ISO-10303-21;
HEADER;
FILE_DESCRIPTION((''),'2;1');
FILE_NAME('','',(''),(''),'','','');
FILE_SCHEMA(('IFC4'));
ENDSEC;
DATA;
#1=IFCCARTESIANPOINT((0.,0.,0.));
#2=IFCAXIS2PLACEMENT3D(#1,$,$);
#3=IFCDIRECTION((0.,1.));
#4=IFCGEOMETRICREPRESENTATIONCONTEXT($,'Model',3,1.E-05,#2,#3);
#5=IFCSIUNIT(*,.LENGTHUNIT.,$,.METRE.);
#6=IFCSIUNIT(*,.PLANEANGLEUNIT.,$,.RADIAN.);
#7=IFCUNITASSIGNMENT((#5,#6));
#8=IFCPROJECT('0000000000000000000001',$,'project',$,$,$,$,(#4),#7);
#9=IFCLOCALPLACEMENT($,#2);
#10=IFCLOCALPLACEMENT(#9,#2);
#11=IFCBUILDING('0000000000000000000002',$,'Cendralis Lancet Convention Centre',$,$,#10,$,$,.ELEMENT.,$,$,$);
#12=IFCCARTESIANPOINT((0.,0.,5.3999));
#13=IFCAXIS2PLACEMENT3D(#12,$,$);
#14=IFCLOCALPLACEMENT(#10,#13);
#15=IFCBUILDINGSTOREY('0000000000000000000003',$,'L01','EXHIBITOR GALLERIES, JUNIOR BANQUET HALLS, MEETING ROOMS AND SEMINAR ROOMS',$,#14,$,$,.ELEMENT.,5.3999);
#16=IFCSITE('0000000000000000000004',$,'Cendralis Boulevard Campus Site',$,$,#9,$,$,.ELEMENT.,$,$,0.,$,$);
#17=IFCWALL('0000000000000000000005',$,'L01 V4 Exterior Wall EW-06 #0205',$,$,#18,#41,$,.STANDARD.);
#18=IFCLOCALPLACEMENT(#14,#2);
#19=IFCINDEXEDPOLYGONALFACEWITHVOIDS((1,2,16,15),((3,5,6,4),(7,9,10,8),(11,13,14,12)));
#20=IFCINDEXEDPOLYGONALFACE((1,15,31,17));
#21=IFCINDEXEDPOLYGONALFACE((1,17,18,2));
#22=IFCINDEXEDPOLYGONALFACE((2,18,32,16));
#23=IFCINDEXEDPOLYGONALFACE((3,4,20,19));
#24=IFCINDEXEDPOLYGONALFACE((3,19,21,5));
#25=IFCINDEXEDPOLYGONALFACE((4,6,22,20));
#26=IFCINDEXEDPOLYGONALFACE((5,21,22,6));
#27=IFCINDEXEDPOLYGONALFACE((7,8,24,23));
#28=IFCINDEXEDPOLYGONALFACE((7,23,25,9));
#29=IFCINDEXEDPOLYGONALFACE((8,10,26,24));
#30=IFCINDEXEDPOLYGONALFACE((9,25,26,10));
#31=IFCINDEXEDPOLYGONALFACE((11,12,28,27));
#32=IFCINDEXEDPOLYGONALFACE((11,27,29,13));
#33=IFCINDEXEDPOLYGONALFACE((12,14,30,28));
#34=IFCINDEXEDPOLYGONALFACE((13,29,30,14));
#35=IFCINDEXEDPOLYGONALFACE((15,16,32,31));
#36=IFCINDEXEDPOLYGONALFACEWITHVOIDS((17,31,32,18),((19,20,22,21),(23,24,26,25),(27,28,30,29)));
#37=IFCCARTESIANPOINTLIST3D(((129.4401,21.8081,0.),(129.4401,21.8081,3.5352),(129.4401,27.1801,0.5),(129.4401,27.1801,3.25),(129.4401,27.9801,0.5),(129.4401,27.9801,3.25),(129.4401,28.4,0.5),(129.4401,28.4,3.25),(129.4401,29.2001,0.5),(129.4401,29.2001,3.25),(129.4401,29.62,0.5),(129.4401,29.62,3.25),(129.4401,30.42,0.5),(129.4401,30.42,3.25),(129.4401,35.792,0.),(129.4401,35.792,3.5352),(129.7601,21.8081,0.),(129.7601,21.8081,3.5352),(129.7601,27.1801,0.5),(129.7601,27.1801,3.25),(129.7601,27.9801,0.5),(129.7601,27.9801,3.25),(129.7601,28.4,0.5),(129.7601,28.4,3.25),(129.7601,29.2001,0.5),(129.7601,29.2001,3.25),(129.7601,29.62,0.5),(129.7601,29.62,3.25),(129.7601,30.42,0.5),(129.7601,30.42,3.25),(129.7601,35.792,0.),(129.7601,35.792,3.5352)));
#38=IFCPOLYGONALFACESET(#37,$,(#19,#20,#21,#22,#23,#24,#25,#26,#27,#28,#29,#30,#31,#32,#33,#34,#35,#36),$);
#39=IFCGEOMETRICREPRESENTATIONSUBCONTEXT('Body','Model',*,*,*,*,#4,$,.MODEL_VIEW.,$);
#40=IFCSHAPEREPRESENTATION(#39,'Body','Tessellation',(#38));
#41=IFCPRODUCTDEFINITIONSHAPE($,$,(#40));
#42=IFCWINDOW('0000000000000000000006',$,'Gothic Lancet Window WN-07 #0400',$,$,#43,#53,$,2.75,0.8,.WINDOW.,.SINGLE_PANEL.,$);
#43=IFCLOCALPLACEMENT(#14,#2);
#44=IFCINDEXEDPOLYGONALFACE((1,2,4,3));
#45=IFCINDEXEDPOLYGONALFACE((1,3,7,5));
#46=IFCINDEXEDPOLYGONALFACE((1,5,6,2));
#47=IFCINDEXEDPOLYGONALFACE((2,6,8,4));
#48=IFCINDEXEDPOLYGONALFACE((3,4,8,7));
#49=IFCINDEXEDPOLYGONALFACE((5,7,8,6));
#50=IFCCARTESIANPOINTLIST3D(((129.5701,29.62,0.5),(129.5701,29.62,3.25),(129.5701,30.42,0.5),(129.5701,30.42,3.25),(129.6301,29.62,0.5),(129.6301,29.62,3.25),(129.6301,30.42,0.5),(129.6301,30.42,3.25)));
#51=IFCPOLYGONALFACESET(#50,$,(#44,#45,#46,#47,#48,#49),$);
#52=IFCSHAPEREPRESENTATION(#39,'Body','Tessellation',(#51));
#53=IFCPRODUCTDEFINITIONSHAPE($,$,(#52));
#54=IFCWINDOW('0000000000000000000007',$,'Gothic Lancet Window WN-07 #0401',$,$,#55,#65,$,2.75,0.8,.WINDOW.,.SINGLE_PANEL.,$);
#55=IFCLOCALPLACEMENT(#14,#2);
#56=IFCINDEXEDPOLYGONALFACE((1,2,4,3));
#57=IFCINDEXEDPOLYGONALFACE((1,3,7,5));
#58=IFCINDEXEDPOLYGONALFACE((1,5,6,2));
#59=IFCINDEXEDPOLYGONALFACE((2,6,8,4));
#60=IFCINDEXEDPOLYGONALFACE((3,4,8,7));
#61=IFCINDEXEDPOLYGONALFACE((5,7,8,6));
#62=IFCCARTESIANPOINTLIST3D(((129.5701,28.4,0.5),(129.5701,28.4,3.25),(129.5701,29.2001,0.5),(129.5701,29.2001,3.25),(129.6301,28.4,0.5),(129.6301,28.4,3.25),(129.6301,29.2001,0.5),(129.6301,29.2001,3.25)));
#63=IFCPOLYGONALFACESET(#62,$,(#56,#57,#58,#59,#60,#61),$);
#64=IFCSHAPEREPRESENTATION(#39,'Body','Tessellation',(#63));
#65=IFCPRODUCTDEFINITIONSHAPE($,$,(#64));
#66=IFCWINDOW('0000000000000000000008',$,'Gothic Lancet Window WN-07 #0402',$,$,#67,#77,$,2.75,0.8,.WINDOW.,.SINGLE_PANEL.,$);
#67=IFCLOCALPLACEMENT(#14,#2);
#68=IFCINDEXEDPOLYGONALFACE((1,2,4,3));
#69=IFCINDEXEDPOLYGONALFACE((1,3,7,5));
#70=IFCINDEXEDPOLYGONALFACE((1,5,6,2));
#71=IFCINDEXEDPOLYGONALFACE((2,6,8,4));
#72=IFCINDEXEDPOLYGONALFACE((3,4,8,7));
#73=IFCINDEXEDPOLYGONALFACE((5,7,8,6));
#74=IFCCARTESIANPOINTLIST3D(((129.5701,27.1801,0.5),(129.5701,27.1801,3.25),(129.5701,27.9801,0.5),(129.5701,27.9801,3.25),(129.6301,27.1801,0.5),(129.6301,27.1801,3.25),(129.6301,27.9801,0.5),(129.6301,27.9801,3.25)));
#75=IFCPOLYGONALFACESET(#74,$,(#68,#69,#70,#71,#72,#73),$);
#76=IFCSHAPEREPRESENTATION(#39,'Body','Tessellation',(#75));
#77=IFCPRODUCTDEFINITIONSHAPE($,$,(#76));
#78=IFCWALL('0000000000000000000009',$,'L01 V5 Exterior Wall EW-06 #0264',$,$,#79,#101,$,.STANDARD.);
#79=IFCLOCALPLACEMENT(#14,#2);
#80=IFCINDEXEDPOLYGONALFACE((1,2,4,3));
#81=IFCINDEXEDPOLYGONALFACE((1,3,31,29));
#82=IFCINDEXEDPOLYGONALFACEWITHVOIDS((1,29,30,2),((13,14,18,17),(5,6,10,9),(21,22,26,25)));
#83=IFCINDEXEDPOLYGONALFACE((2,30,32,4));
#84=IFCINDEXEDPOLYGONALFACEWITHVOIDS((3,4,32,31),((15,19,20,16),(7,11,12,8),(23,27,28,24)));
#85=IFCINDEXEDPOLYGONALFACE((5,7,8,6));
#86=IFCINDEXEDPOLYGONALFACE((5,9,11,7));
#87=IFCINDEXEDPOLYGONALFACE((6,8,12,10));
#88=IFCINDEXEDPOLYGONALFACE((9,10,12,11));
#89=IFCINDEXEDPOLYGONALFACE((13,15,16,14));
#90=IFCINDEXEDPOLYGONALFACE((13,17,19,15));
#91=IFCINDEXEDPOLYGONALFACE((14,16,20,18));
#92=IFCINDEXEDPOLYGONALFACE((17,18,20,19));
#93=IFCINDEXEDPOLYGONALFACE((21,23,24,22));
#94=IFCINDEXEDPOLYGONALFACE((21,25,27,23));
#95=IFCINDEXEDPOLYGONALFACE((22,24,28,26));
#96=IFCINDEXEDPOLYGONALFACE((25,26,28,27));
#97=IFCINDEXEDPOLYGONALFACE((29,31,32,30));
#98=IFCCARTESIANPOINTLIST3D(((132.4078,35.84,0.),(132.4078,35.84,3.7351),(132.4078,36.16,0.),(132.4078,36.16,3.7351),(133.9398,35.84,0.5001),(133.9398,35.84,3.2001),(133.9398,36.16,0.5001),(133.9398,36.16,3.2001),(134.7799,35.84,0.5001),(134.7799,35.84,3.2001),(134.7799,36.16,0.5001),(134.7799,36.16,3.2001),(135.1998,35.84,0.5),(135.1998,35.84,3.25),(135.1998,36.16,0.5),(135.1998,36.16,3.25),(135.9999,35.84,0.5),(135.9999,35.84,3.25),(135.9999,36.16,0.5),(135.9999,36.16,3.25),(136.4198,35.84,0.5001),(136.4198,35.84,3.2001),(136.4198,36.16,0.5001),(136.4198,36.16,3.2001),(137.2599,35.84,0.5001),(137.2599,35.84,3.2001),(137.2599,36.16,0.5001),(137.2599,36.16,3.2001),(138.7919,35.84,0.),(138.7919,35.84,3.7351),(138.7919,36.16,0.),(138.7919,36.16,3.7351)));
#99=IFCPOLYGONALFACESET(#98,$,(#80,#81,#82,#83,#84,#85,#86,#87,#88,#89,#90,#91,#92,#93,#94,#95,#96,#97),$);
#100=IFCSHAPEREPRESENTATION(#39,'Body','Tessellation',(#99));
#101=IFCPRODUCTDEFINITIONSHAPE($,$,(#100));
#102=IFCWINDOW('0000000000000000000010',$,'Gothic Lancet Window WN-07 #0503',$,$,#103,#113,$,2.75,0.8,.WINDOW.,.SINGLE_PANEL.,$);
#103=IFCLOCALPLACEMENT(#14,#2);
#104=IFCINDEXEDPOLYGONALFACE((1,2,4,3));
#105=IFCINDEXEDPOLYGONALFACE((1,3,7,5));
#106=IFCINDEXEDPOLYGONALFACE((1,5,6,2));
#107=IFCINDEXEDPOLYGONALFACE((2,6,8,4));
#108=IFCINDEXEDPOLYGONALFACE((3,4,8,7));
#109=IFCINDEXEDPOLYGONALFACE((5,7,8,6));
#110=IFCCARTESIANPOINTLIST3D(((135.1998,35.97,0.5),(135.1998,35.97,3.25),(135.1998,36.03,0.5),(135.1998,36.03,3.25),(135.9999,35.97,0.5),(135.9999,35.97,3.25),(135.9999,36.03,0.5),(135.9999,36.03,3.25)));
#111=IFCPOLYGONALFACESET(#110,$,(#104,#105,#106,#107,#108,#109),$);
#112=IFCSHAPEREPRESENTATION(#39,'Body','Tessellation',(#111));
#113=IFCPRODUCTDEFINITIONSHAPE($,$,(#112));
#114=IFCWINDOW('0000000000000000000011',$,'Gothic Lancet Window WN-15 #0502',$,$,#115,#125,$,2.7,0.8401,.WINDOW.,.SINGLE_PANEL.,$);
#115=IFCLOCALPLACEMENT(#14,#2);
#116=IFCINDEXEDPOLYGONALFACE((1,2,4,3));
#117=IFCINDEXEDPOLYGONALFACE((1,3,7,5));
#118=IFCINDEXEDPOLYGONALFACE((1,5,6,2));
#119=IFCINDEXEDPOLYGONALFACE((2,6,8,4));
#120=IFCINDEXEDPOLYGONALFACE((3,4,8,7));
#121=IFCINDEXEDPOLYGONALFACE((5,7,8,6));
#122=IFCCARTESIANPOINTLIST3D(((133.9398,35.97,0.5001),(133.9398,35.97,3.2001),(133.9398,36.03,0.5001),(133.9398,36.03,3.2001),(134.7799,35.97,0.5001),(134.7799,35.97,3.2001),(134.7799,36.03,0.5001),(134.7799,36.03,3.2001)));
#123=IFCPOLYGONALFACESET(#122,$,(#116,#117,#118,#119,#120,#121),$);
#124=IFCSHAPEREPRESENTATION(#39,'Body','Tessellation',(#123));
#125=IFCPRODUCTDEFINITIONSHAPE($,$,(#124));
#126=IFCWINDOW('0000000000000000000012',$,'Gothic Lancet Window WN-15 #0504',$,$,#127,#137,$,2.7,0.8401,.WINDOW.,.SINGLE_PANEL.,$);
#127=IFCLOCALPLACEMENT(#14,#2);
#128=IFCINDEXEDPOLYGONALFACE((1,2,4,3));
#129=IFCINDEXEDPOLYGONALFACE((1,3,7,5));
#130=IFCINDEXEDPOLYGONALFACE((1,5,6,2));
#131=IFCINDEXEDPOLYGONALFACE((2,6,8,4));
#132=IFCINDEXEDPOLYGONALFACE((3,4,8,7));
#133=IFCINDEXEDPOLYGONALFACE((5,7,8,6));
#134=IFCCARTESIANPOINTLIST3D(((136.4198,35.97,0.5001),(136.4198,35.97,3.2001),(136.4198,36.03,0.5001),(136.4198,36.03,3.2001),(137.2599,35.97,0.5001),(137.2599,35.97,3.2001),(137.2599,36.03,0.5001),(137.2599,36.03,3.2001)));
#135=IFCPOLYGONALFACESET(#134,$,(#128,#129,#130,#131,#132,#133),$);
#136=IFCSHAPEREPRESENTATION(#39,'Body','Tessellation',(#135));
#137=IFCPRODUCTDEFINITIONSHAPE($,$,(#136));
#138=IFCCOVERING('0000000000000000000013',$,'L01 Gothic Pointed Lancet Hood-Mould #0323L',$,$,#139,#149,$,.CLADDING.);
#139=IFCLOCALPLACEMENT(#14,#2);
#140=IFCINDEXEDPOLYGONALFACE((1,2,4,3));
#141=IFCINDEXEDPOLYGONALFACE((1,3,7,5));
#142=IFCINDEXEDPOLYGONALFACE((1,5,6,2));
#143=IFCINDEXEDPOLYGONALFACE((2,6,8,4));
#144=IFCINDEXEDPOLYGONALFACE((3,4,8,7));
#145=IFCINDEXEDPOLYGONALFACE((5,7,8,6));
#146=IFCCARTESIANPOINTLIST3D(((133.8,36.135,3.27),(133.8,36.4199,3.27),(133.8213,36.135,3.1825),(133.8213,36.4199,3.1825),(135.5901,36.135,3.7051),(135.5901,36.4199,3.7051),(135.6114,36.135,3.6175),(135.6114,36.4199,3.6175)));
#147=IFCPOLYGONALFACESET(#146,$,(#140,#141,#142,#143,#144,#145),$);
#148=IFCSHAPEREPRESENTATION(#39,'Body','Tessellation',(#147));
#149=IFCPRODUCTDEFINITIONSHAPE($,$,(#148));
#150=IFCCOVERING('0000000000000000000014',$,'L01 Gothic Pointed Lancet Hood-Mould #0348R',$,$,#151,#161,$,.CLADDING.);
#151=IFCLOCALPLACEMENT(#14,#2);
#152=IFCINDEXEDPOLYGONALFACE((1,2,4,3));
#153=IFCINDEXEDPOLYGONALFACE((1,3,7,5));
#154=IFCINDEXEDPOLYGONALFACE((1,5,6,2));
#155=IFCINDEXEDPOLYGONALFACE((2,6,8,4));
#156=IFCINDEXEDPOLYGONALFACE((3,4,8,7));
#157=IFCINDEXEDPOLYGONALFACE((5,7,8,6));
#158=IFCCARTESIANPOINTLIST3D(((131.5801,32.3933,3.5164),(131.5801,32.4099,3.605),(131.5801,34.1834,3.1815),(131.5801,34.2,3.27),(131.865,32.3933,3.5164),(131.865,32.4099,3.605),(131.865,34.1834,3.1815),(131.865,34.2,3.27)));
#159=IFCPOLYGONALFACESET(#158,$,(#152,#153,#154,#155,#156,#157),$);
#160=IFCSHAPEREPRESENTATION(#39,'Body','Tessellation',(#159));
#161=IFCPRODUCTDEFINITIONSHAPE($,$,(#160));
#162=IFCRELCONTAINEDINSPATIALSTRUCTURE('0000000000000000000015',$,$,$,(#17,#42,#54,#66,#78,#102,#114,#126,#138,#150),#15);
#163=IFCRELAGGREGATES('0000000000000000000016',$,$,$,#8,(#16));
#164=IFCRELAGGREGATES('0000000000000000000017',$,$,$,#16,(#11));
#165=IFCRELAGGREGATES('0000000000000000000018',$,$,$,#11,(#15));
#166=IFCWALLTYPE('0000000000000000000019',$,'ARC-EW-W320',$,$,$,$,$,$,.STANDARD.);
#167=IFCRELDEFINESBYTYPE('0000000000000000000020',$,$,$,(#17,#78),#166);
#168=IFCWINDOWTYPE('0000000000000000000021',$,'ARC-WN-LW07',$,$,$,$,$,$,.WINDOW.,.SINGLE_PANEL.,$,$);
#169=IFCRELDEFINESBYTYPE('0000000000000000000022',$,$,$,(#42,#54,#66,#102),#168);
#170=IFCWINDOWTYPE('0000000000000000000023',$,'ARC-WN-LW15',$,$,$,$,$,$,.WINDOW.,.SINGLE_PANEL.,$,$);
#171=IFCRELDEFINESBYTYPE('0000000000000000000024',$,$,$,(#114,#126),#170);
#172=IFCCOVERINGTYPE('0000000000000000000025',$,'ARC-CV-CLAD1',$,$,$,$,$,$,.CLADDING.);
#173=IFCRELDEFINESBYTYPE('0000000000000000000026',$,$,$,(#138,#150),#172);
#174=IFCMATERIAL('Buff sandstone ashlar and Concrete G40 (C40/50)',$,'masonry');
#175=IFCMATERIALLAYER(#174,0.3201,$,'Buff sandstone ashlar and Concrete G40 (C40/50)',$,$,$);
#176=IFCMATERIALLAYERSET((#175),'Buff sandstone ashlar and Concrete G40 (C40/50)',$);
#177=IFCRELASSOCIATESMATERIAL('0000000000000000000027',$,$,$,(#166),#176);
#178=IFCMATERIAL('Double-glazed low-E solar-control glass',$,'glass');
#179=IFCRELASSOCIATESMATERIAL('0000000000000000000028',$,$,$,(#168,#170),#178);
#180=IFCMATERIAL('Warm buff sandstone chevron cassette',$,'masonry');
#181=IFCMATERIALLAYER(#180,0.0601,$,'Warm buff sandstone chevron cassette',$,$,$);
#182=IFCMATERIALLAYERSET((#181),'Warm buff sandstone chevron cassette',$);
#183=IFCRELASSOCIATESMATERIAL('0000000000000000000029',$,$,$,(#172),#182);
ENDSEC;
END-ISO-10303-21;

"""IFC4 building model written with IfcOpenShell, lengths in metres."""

from ifc_helpers import new_model, si_unit, direction, frame, frame_2d, origin, place, context, subcontext, project, spatial, polyline, rectangle, outline, extrude, material, layer, layer_set, type_object, element, fill, save


model = new_model("IFC4")

# Units and contexts
model_context = context("Model", 3, precision=1e-05, world=origin(), true_north=direction((0.0, 1.0)))
body_context = subcontext(model_context, "Body", "Model", "MODEL_VIEW")
ifc_project = project(units=[si_unit("LENGTHUNIT", "METRE"), si_unit("PLANEANGLEUNIT", "RADIAN")], contexts=[model_context])

# Site, building, storey
site_placement = place(None, origin())
site = spatial("IfcSite", under=ifc_project, at=site_placement, Name="Cendralis Boulevard Campus Site", CompositionType="ELEMENT", RefElevation=0.0)
building_placement = place(site_placement, origin())
building = spatial("IfcBuilding", under=site, at=building_placement, Name="Cendralis Lancet Convention Centre", CompositionType="ELEMENT")
storey_placement = place(building_placement, frame((0.0, 0.0, 5.3999)))
storey = spatial("IfcBuildingStorey", under=building, at=storey_placement, Name="L01", Description="EXHIBITOR GALLERIES, JUNIOR BANQUET HALLS, MEETING ROOMS AND SEMINAR ROOMS", CompositionType="ELEMENT", Elevation=5.3999)

# Shared definitions
ifc_material_1 = material(Name="Double-glazed low-E solar-control glass", Category="glass")

# Walls, openings, windows
ifc_material_2 = material(Name="Buff sandstone ashlar and Concrete G40 (C40/50)", Category="masonry")
ifc_layer_1 = layer(ifc_material_2, 0.3201, Name="Buff sandstone ashlar and Concrete G40 (C40/50)")
ifc_layer_set_1 = layer_set([ifc_layer_1], Name="Buff sandstone ashlar and Concrete G40 (C40/50)")
wall_type = type_object("IfcWallType", Name="ARC-EW-W320", PredefinedType="STANDARD", material=ifc_layer_set_1)
wall_1_placement = place(storey_placement, frame((129.6001, 35.792, 0.0), z_axis=(0.0, 0.0, 1.0), x_axis=(0.0, -1.0, 0.0)))
wall_1 = element("IfcWall", 1, at=wall_1_placement, inside=storey, type_object=wall_type, Name="L01 V4 Exterior Wall EW-06 #0205", PredefinedType="STANDARD", context=body_context, shape_type="SweptSolid", body=[
    extrude(rectangle(XDim=13.9839, YDim=0.3201, at=frame_2d((6.9919, 0.0))), origin(), (0.0, 0.0, 1.0), 3.5352),
])
opening_1_placement = place(wall_1_placement, frame((5.3721, 0.0, 0.5)))
opening_1 = element("IfcOpeningElement", 2, at=opening_1_placement, cuts=wall_1, PredefinedType="OPENING", context=body_context, shape_type="SweptSolid", body=[
    extrude(rectangle(XDim=0.8, YDim=2.75, at=frame_2d((0.3999, 1.375))), frame((0.0, 0.1699, 0.0), z_axis=(0.0, -1.0, 0.0), x_axis=(1.0, 0.0, 0.0)), (0.0, 0.0, 1.0), 0.3401),
])
opening_2_placement = place(wall_1_placement, frame((6.592, 0.0, 0.5)))
opening_2 = element("IfcOpeningElement", 3, at=opening_2_placement, cuts=wall_1, PredefinedType="OPENING", context=body_context, shape_type="SweptSolid", body=[
    extrude(rectangle(XDim=0.8, YDim=2.75, at=frame_2d((0.3999, 1.375))), frame((0.0, 0.1699, 0.0), z_axis=(0.0, -1.0, 0.0), x_axis=(1.0, 0.0, 0.0)), (0.0, 0.0, 1.0), 0.3401),
])
opening_3_placement = place(wall_1_placement, frame((7.812, 0.0, 0.5)))
opening_3 = element("IfcOpeningElement", 4, at=opening_3_placement, cuts=wall_1, PredefinedType="OPENING", context=body_context, shape_type="SweptSolid", body=[
    extrude(rectangle(XDim=0.8, YDim=2.75, at=frame_2d((0.3999, 1.375))), frame((0.0, 0.1699, 0.0), z_axis=(0.0, -1.0, 0.0), x_axis=(1.0, 0.0, 0.0)), (0.0, 0.0, 1.0), 0.3401),
])
window_type_1 = type_object("IfcWindowType", Name="ARC-WN-LW07", PartitioningType="SINGLE_PANEL", PredefinedType="WINDOW", material=ifc_material_1)
window_1_placement = place(opening_1_placement, origin())
window_1 = element("IfcWindow", 5, at=window_1_placement, inside=storey, type_object=window_type_1, Name="Gothic Lancet Window WN-07 #0400", OverallHeight=2.75, OverallWidth=0.8, PartitioningType="SINGLE_PANEL", PredefinedType="WINDOW", context=body_context, shape_type="SweptSolid", body=[
    extrude(rectangle(XDim=0.8, YDim=2.75, at=frame_2d((0.3999, 1.375))), frame((0.0, 0.03, 0.0), z_axis=(0.0, -1.0, 0.0), x_axis=(1.0, 0.0, 0.0)), (0.0, 0.0, 1.0), 0.0601),
])
fill(opening_1, window_1)
window_2_placement = place(opening_2_placement, origin())
window_2 = element("IfcWindow", 6, at=window_2_placement, inside=storey, type_object=window_type_1, Name="Gothic Lancet Window WN-07 #0401", OverallHeight=2.75, OverallWidth=0.8, PartitioningType="SINGLE_PANEL", PredefinedType="WINDOW", context=body_context, shape_type="SweptSolid", body=[
    extrude(rectangle(XDim=0.8, YDim=2.75, at=frame_2d((0.3999, 1.375))), frame((0.0, 0.03, 0.0), z_axis=(0.0, -1.0, 0.0), x_axis=(1.0, 0.0, 0.0)), (0.0, 0.0, 1.0), 0.0601),
])
fill(opening_2, window_2)
window_3_placement = place(opening_3_placement, origin())
window_3 = element("IfcWindow", 7, at=window_3_placement, inside=storey, type_object=window_type_1, Name="Gothic Lancet Window WN-07 #0402", OverallHeight=2.75, OverallWidth=0.8, PartitioningType="SINGLE_PANEL", PredefinedType="WINDOW", context=body_context, shape_type="SweptSolid", body=[
    extrude(rectangle(XDim=0.8, YDim=2.75, at=frame_2d((0.3999, 1.375))), frame((0.0, 0.03, 0.0), z_axis=(0.0, -1.0, 0.0), x_axis=(1.0, 0.0, 0.0)), (0.0, 0.0, 1.0), 0.0601),
])
fill(opening_3, window_3)
wall_2_placement = place(storey_placement, frame((132.408, 36.0, 0.0), z_axis=(0.0, 0.0, 1.0), x_axis=(1.0, 0.0, 0.0)))
wall_2 = element("IfcWall", 8, at=wall_2_placement, inside=storey, type_object=wall_type, Name="L01 V5 Exterior Wall EW-06 #0264", PredefinedType="STANDARD", context=body_context, shape_type="SweptSolid", body=[
    extrude(rectangle(XDim=6.384, YDim=0.3201, at=frame_2d((3.1919, 0.0))), origin(), (0.0, 0.0, 1.0), 3.7351),
])
opening_4_placement = place(wall_2_placement, frame((1.532, 0.0, 0.5)))
opening_4 = element("IfcOpeningElement", 9, at=opening_4_placement, cuts=wall_2, PredefinedType="OPENING", context=body_context, shape_type="SweptSolid", body=[
    extrude(rectangle(XDim=0.8401, YDim=2.7, at=frame_2d((0.4199, 1.3501))), frame((0.0, 0.1699, 0.0), z_axis=(0.0, -1.0, 0.0), x_axis=(1.0, 0.0, 0.0)), (0.0, 0.0, 1.0), 0.3401),
])
opening_5_placement = place(wall_2_placement, frame((2.792, 0.0, 0.5)))
opening_5 = element("IfcOpeningElement", 10, at=opening_5_placement, cuts=wall_2, PredefinedType="OPENING", context=body_context, shape_type="SweptSolid", body=[
    extrude(rectangle(XDim=0.8, YDim=2.75, at=frame_2d((0.3999, 1.375))), frame((0.0, 0.1699, 0.0), z_axis=(0.0, -1.0, 0.0), x_axis=(1.0, 0.0, 0.0)), (0.0, 0.0, 1.0), 0.3401),
])
opening_6_placement = place(wall_2_placement, frame((4.012, 0.0, 0.5)))
opening_6 = element("IfcOpeningElement", 11, at=opening_6_placement, cuts=wall_2, PredefinedType="OPENING", context=body_context, shape_type="SweptSolid", body=[
    extrude(rectangle(XDim=0.8401, YDim=2.7, at=frame_2d((0.4199, 1.3501))), frame((0.0, 0.1699, 0.0), z_axis=(0.0, -1.0, 0.0), x_axis=(1.0, 0.0, 0.0)), (0.0, 0.0, 1.0), 0.3401),
])
window_4_placement = place(opening_5_placement, origin())
window_4 = element("IfcWindow", 12, at=window_4_placement, inside=storey, type_object=window_type_1, Name="Gothic Lancet Window WN-07 #0503", OverallHeight=2.75, OverallWidth=0.8, PartitioningType="SINGLE_PANEL", PredefinedType="WINDOW", context=body_context, shape_type="SweptSolid", body=[
    extrude(rectangle(XDim=0.8, YDim=2.75, at=frame_2d((0.3999, 1.375))), frame((0.0, 0.03, 0.0), z_axis=(0.0, -1.0, 0.0), x_axis=(1.0, 0.0, 0.0)), (0.0, 0.0, 1.0), 0.0601),
])
fill(opening_5, window_4)
window_type_2 = type_object("IfcWindowType", Name="ARC-WN-LW15", PartitioningType="SINGLE_PANEL", PredefinedType="WINDOW", material=ifc_material_1)
window_5_placement = place(opening_4_placement, origin())
window_5 = element("IfcWindow", 13, at=window_5_placement, inside=storey, type_object=window_type_2, Name="Gothic Lancet Window WN-15 #0502", OverallHeight=2.7, OverallWidth=0.8401, PartitioningType="SINGLE_PANEL", PredefinedType="WINDOW", context=body_context, shape_type="SweptSolid", body=[
    extrude(rectangle(XDim=0.8401, YDim=2.7, at=frame_2d((0.4199, 1.3501))), frame((0.0, 0.03, 0.0), z_axis=(0.0, -1.0, 0.0), x_axis=(1.0, 0.0, 0.0)), (0.0, 0.0, 1.0), 0.0601),
])
fill(opening_4, window_5)
window_6_placement = place(opening_6_placement, origin())
window_6 = element("IfcWindow", 14, at=window_6_placement, inside=storey, type_object=window_type_2, Name="Gothic Lancet Window WN-15 #0504", OverallHeight=2.7, OverallWidth=0.8401, PartitioningType="SINGLE_PANEL", PredefinedType="WINDOW", context=body_context, shape_type="SweptSolid", body=[
    extrude(rectangle(XDim=0.8401, YDim=2.7, at=frame_2d((0.4199, 1.3501))), frame((0.0, 0.03, 0.0), z_axis=(0.0, -1.0, 0.0), x_axis=(1.0, 0.0, 0.0)), (0.0, 0.0, 1.0), 0.0601),
])
fill(opening_6, window_6)

# Coverings
ifc_material_3 = material(Name="Warm buff sandstone chevron cassette", Category="masonry")
ifc_layer_2 = layer(ifc_material_3, 0.0601, Name="Warm buff sandstone chevron cassette")
ifc_layer_set_2 = layer_set([ifc_layer_2], Name="Warm buff sandstone chevron cassette")
covering_type = type_object("IfcCoveringType", Name="ARC-CV-CLAD1", PredefinedType="CLADDING", material=ifc_layer_set_2)
covering_1_placement = place(storey_placement, frame((133.8, 36.4199, 3.27), z_axis=(-0.236169, 0.0, 0.971712), x_axis=(0.0, -1.0, 0.0)))
element("IfcCovering", 15, at=covering_1_placement, inside=storey, type_object=covering_type, Name="L01 Gothic Pointed Lancet Hood-Mould #0323L", PredefinedType="CLADDING", context=body_context, shape_type="SweptSolid", body=[
    extrude(outline(polyline([(0.0, 0.0), (0.2849, 0.0), (0.2849, 1.8421), (0.0, 1.8421), (0.0, 0.0)])), origin(), (0.0, 0.0, -1.0), 0.0901),
])
covering_2_placement = place(storey_placement, frame((131.5801, 32.4099, 3.605), z_axis=(0.0, 0.183932, 0.982939), x_axis=(1.0, 0.0, 0.0)))
element("IfcCovering", 16, at=covering_2_placement, inside=storey, type_object=covering_type, Name="L01 Gothic Pointed Lancet Hood-Mould #0348R", PredefinedType="CLADDING", context=body_context, shape_type="SweptSolid", body=[
    extrude(outline(polyline([(0.0, 0.0), (0.2849, 0.0), (0.2849, 1.8211), (0.0, 1.8211), (0.0, 0.0)])), origin(), (0.0, 0.0, -1.0), 0.0901),
])

save(model, "model.ifc")
